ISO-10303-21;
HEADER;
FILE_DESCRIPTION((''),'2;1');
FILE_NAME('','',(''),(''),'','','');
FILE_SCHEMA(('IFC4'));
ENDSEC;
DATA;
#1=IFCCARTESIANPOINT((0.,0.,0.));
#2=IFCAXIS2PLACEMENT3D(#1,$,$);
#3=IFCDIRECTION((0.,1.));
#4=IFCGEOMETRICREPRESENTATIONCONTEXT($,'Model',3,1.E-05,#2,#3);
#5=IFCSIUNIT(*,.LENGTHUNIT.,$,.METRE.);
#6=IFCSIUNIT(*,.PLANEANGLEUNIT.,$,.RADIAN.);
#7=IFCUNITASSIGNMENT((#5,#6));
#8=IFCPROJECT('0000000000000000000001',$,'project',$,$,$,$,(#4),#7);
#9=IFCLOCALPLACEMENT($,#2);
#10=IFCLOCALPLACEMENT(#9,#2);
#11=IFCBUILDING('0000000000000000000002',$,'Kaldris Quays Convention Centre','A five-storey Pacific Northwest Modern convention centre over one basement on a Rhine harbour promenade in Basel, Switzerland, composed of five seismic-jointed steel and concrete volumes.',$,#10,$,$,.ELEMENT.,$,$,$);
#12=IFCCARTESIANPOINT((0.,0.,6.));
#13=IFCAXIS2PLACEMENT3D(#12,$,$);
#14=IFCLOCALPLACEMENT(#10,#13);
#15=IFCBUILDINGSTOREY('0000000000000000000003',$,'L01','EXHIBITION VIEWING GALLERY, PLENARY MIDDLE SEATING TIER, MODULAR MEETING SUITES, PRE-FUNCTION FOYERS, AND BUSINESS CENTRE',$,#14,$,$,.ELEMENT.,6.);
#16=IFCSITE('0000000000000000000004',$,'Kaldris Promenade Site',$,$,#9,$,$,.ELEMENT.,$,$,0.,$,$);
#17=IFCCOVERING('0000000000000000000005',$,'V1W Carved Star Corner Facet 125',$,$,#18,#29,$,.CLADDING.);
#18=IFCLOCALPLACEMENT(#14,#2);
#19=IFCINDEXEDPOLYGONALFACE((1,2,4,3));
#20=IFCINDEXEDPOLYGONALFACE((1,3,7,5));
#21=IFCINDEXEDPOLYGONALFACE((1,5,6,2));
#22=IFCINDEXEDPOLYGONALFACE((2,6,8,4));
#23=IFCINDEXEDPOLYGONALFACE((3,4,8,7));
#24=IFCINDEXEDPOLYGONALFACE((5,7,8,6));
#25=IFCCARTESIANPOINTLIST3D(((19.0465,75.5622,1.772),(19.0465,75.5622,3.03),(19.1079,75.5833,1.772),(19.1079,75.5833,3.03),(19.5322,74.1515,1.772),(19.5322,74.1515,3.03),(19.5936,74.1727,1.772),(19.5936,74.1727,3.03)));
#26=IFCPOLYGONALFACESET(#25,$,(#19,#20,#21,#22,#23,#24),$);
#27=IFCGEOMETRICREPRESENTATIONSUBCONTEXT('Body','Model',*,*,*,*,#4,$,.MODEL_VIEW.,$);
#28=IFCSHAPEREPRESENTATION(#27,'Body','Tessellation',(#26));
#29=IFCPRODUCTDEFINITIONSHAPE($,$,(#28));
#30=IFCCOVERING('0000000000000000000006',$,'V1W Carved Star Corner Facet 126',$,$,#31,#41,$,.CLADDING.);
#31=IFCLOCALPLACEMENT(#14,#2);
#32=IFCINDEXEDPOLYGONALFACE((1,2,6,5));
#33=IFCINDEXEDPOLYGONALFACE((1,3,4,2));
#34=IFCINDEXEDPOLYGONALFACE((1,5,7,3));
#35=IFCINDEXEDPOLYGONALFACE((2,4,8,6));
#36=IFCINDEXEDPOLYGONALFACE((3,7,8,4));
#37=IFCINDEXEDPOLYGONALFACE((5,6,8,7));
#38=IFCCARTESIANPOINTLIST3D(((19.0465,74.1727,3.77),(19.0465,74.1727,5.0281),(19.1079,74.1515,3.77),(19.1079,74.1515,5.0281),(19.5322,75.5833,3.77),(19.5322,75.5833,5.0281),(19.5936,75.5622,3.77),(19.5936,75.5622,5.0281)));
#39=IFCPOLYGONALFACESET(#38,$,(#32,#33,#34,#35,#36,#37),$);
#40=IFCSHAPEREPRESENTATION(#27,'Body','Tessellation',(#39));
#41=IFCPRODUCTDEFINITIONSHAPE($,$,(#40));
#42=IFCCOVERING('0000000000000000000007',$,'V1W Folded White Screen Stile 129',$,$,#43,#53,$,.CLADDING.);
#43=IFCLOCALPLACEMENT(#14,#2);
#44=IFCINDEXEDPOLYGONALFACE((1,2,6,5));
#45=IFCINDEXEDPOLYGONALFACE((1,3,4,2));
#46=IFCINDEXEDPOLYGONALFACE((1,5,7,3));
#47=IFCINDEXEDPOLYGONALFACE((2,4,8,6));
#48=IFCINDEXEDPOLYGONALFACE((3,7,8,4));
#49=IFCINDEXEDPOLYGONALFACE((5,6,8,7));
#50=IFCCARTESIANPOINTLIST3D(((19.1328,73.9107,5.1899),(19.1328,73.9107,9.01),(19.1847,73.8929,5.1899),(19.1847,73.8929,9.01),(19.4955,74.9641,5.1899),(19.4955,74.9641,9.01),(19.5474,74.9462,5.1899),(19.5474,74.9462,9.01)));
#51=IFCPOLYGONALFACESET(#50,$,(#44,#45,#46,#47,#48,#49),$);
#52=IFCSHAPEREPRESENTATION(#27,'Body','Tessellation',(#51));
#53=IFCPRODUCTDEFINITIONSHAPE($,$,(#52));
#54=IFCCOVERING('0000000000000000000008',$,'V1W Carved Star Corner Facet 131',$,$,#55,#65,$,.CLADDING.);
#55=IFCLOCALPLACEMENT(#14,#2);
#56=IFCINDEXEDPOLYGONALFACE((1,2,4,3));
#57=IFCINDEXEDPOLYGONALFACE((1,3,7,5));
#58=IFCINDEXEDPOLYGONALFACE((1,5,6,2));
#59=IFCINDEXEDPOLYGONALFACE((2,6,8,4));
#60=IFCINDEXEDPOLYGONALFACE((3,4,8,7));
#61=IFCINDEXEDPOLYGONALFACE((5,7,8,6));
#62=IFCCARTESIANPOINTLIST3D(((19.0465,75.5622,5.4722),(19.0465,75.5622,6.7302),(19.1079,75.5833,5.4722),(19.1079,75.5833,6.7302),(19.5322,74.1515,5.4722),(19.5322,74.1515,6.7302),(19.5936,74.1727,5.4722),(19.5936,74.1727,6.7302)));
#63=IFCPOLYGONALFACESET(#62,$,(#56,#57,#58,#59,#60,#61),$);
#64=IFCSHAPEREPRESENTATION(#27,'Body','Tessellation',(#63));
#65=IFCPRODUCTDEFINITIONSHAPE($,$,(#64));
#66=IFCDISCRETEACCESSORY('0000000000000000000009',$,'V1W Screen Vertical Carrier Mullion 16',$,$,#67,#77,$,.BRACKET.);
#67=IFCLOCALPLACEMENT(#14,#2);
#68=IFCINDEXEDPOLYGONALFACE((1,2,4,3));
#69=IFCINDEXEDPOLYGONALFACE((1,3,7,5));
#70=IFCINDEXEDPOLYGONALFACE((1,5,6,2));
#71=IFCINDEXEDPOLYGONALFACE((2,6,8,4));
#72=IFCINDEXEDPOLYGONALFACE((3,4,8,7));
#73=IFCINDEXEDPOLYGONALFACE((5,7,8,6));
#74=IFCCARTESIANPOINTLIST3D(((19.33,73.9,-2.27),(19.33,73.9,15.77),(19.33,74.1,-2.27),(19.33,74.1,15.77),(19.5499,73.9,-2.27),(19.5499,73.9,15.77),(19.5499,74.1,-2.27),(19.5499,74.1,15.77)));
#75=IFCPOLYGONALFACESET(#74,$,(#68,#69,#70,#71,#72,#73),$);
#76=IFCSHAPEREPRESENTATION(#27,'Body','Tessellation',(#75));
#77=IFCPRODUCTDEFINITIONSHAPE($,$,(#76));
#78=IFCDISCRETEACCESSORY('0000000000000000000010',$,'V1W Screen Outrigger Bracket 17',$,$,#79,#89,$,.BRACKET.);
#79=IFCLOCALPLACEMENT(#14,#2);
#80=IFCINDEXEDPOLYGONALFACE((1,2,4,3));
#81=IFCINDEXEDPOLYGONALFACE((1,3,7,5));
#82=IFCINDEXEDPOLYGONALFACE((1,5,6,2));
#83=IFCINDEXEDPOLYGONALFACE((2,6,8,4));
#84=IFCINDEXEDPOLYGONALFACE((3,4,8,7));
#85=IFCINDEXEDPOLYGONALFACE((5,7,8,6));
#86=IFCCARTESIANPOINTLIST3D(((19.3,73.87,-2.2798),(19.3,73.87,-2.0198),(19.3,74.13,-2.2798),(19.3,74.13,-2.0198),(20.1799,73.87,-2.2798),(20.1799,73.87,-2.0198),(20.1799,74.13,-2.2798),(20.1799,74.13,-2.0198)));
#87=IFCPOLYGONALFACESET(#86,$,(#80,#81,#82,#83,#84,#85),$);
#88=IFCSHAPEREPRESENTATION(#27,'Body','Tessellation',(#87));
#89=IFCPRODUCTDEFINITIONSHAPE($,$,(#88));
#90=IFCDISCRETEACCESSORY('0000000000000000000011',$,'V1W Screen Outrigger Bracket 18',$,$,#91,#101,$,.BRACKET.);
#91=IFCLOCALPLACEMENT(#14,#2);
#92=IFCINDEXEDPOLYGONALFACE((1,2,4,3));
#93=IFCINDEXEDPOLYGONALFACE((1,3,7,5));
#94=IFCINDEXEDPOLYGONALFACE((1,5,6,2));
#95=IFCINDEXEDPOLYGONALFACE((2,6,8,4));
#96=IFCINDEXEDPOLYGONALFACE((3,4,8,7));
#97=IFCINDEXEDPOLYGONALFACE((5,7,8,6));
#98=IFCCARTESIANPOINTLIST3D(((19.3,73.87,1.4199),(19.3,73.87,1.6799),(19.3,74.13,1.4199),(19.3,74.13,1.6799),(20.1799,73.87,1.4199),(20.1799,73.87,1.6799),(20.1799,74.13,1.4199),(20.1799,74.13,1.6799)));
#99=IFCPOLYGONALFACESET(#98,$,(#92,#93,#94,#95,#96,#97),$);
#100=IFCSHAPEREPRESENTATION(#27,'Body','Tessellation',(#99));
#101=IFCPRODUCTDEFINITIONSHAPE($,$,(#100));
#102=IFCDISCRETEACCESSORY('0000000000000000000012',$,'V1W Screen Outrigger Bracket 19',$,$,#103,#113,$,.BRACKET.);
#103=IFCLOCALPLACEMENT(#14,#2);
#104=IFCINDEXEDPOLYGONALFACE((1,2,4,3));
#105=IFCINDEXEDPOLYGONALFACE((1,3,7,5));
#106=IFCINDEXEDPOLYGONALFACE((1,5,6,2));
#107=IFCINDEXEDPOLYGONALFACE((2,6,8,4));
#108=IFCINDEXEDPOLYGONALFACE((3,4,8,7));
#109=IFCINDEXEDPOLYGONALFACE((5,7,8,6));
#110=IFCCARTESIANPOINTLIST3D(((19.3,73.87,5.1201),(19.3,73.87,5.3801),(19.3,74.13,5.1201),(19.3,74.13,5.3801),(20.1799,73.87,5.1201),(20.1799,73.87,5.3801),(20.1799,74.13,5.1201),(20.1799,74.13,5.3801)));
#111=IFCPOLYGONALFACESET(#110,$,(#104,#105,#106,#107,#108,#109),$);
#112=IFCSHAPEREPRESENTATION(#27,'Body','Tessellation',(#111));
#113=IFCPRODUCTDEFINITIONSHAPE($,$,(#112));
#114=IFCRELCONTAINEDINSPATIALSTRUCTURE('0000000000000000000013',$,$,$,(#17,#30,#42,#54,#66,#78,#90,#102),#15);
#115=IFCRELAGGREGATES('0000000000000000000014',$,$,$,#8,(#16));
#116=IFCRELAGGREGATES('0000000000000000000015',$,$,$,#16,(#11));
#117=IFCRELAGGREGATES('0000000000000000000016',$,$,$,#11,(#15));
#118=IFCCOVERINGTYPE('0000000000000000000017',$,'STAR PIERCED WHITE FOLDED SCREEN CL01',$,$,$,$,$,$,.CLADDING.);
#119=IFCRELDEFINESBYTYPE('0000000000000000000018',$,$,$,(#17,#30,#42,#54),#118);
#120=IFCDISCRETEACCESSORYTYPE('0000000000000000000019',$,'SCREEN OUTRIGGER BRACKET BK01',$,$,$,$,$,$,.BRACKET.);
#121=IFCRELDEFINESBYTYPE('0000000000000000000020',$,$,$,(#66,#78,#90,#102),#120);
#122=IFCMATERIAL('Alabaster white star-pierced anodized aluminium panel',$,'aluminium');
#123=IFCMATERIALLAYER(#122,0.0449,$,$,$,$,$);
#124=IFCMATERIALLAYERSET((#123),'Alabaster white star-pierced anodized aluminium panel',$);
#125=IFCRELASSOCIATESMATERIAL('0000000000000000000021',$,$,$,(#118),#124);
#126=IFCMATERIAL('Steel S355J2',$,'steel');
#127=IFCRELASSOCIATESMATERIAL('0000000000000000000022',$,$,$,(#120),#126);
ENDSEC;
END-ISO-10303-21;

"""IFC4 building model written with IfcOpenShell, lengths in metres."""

from ifc_helpers import new_model, si_unit, direction, frame, origin, origin_2d, place, context, subcontext, project, spatial, rectangle, extrude, material, layer, layer_set, type_object, element, save


model = new_model("IFC4")

# Units and contexts
model_context = context("Model", 3, precision=1e-05, world=origin(), true_north=direction((0.0, 1.0)))
body_context = subcontext(model_context, "Body", "Model", "MODEL_VIEW")
ifc_project = project(units=[si_unit("LENGTHUNIT", "METRE"), si_unit("PLANEANGLEUNIT", "RADIAN")], contexts=[model_context])

# Site, building, storey
site_placement = place(None, origin())
site = spatial("IfcSite", under=ifc_project, at=site_placement, Name="Kaldris Promenade Site", CompositionType="ELEMENT", RefElevation=0.0)
building_placement = place(site_placement, origin())
building = spatial("IfcBuilding", under=site, at=building_placement, Name="Kaldris Quays Convention Centre", Description="A five-storey Pacific Northwest Modern convention centre over one basement on a Rhine harbour promenade in Basel, Switzerland, composed of five seismic-jointed steel and concrete volumes.", CompositionType="ELEMENT")
storey_placement = place(building_placement, frame((0.0, 0.0, 6.0)))
storey = spatial("IfcBuildingStorey", under=building, at=storey_placement, Name="L01", Description="EXHIBITION VIEWING GALLERY, PLENARY MIDDLE SEATING TIER, MODULAR MEETING SUITES, PRE-FUNCTION FOYERS, AND BUSINESS CENTRE", CompositionType="ELEMENT", Elevation=6.0)

# Coverings
ifc_material_1 = material(Name="Alabaster white star-pierced anodized aluminium panel", Category="aluminium")
ifc_layer = layer(ifc_material_1, 0.0449)
ifc_layer_set = layer_set([ifc_layer], Name="Alabaster white star-pierced anodized aluminium panel")
covering_type = type_object("IfcCoveringType", Name="STAR PIERCED WHITE FOLDED SCREEN CL01", PredefinedType="CLADDING", material=ifc_layer_set)
for number, where, z_axis, x_axis, name in (
    (1, (19.3201, 74.8674, 1.772), (0.0, 0.0, 1.0), (-0.325568, 0.945519, 0.0), "V1W Carved Star Corner Facet 125"),
    (2, (19.3201, 74.8674, 3.77), (0.0, 0.0, 1.0), (0.325568, 0.945519, 0.0), "V1W Carved Star Corner Facet 126"),
):
    element("IfcCovering", number, at=place(storey_placement, frame(where, z_axis=z_axis, x_axis=x_axis)), inside=storey, type_object=covering_type, Name=name, PredefinedType="CLADDING", context=body_context, shape_type="SweptSolid", body=[
        extrude(rectangle(XDim=1.4919, YDim=0.0649, at=origin_2d()), origin(), (0.0, 0.0, 1.0), 1.2581),
    ])
covering_1_placement = place(storey_placement, frame((19.3401, 74.4285, 5.1899), z_axis=(0.0, 0.0, 1.0), x_axis=(0.325568, 0.945519, 0.0)))
element("IfcCovering", 3, at=covering_1_placement, inside=storey, type_object=covering_type, Name="V1W Folded White Screen Stile 129", PredefinedType="CLADDING", context=body_context, shape_type="SweptSolid", body=[
    extrude(rectangle(XDim=1.114, YDim=0.0549, at=origin_2d()), origin(), (0.0, 0.0, 1.0), 3.8201),
])
covering_2_placement = place(storey_placement, frame((19.3201, 74.8674, 5.4722), z_axis=(0.0, 0.0, 1.0), x_axis=(-0.325568, 0.945519, 0.0)))
element("IfcCovering", 4, at=covering_2_placement, inside=storey, type_object=covering_type, Name="V1W Carved Star Corner Facet 131", PredefinedType="CLADDING", context=body_context, shape_type="SweptSolid", body=[
    extrude(rectangle(XDim=1.4919, YDim=0.0649, at=origin_2d()), origin(), (0.0, 0.0, 1.0), 1.2581),
])

# Discrete accessories
ifc_material_2 = material(Name="Steel S355J2", Category="steel")
discrete_accessory_type = type_object("IfcDiscreteAccessoryType", Name="SCREEN OUTRIGGER BRACKET BK01", PredefinedType="BRACKET", material=ifc_material_2)
discrete_accessory_placement = place(storey_placement, frame((19.4399, 74.0, -2.27), z_axis=(0.0, 0.0, 1.0), x_axis=(0.0, 1.0, 0.0)))
element("IfcDiscreteAccessory", 5, at=discrete_accessory_placement, inside=storey, type_object=discrete_accessory_type, Name="V1W Screen Vertical Carrier Mullion 16", PredefinedType="BRACKET", context=body_context, shape_type="SweptSolid", body=[
    extrude(rectangle(XDim=0.2, YDim=0.22, at=origin_2d()), origin(), (0.0, 0.0, 1.0), 18.04),
])
for number, where, z_axis, x_axis, name in (
    (6, (19.74, 74.0, -2.2798), (0.0, 0.0, 1.0), (0.0, 1.0, 0.0), "V1W Screen Outrigger Bracket 17"),
    (7, (19.74, 74.0, 1.4199), (0.0, 0.0, 1.0), (0.0, 1.0, 0.0), "V1W Screen Outrigger Bracket 18"),
    (8, (19.74, 74.0, 5.1201), (0.0, 0.0, 1.0), (0.0, 1.0, 0.0), "V1W Screen Outrigger Bracket 19"),
):
    element("IfcDiscreteAccessory", number, at=place(storey_placement, frame(where, z_axis=z_axis, x_axis=x_axis)), inside=storey, type_object=discrete_accessory_type, Name=name, PredefinedType="BRACKET", context=body_context, shape_type="SweptSolid", body=[
        extrude(rectangle(XDim=0.26, YDim=0.8799, at=origin_2d()), origin(), (0.0, 0.0, 1.0), 0.26),
    ])

save(model, "model.ifc")
